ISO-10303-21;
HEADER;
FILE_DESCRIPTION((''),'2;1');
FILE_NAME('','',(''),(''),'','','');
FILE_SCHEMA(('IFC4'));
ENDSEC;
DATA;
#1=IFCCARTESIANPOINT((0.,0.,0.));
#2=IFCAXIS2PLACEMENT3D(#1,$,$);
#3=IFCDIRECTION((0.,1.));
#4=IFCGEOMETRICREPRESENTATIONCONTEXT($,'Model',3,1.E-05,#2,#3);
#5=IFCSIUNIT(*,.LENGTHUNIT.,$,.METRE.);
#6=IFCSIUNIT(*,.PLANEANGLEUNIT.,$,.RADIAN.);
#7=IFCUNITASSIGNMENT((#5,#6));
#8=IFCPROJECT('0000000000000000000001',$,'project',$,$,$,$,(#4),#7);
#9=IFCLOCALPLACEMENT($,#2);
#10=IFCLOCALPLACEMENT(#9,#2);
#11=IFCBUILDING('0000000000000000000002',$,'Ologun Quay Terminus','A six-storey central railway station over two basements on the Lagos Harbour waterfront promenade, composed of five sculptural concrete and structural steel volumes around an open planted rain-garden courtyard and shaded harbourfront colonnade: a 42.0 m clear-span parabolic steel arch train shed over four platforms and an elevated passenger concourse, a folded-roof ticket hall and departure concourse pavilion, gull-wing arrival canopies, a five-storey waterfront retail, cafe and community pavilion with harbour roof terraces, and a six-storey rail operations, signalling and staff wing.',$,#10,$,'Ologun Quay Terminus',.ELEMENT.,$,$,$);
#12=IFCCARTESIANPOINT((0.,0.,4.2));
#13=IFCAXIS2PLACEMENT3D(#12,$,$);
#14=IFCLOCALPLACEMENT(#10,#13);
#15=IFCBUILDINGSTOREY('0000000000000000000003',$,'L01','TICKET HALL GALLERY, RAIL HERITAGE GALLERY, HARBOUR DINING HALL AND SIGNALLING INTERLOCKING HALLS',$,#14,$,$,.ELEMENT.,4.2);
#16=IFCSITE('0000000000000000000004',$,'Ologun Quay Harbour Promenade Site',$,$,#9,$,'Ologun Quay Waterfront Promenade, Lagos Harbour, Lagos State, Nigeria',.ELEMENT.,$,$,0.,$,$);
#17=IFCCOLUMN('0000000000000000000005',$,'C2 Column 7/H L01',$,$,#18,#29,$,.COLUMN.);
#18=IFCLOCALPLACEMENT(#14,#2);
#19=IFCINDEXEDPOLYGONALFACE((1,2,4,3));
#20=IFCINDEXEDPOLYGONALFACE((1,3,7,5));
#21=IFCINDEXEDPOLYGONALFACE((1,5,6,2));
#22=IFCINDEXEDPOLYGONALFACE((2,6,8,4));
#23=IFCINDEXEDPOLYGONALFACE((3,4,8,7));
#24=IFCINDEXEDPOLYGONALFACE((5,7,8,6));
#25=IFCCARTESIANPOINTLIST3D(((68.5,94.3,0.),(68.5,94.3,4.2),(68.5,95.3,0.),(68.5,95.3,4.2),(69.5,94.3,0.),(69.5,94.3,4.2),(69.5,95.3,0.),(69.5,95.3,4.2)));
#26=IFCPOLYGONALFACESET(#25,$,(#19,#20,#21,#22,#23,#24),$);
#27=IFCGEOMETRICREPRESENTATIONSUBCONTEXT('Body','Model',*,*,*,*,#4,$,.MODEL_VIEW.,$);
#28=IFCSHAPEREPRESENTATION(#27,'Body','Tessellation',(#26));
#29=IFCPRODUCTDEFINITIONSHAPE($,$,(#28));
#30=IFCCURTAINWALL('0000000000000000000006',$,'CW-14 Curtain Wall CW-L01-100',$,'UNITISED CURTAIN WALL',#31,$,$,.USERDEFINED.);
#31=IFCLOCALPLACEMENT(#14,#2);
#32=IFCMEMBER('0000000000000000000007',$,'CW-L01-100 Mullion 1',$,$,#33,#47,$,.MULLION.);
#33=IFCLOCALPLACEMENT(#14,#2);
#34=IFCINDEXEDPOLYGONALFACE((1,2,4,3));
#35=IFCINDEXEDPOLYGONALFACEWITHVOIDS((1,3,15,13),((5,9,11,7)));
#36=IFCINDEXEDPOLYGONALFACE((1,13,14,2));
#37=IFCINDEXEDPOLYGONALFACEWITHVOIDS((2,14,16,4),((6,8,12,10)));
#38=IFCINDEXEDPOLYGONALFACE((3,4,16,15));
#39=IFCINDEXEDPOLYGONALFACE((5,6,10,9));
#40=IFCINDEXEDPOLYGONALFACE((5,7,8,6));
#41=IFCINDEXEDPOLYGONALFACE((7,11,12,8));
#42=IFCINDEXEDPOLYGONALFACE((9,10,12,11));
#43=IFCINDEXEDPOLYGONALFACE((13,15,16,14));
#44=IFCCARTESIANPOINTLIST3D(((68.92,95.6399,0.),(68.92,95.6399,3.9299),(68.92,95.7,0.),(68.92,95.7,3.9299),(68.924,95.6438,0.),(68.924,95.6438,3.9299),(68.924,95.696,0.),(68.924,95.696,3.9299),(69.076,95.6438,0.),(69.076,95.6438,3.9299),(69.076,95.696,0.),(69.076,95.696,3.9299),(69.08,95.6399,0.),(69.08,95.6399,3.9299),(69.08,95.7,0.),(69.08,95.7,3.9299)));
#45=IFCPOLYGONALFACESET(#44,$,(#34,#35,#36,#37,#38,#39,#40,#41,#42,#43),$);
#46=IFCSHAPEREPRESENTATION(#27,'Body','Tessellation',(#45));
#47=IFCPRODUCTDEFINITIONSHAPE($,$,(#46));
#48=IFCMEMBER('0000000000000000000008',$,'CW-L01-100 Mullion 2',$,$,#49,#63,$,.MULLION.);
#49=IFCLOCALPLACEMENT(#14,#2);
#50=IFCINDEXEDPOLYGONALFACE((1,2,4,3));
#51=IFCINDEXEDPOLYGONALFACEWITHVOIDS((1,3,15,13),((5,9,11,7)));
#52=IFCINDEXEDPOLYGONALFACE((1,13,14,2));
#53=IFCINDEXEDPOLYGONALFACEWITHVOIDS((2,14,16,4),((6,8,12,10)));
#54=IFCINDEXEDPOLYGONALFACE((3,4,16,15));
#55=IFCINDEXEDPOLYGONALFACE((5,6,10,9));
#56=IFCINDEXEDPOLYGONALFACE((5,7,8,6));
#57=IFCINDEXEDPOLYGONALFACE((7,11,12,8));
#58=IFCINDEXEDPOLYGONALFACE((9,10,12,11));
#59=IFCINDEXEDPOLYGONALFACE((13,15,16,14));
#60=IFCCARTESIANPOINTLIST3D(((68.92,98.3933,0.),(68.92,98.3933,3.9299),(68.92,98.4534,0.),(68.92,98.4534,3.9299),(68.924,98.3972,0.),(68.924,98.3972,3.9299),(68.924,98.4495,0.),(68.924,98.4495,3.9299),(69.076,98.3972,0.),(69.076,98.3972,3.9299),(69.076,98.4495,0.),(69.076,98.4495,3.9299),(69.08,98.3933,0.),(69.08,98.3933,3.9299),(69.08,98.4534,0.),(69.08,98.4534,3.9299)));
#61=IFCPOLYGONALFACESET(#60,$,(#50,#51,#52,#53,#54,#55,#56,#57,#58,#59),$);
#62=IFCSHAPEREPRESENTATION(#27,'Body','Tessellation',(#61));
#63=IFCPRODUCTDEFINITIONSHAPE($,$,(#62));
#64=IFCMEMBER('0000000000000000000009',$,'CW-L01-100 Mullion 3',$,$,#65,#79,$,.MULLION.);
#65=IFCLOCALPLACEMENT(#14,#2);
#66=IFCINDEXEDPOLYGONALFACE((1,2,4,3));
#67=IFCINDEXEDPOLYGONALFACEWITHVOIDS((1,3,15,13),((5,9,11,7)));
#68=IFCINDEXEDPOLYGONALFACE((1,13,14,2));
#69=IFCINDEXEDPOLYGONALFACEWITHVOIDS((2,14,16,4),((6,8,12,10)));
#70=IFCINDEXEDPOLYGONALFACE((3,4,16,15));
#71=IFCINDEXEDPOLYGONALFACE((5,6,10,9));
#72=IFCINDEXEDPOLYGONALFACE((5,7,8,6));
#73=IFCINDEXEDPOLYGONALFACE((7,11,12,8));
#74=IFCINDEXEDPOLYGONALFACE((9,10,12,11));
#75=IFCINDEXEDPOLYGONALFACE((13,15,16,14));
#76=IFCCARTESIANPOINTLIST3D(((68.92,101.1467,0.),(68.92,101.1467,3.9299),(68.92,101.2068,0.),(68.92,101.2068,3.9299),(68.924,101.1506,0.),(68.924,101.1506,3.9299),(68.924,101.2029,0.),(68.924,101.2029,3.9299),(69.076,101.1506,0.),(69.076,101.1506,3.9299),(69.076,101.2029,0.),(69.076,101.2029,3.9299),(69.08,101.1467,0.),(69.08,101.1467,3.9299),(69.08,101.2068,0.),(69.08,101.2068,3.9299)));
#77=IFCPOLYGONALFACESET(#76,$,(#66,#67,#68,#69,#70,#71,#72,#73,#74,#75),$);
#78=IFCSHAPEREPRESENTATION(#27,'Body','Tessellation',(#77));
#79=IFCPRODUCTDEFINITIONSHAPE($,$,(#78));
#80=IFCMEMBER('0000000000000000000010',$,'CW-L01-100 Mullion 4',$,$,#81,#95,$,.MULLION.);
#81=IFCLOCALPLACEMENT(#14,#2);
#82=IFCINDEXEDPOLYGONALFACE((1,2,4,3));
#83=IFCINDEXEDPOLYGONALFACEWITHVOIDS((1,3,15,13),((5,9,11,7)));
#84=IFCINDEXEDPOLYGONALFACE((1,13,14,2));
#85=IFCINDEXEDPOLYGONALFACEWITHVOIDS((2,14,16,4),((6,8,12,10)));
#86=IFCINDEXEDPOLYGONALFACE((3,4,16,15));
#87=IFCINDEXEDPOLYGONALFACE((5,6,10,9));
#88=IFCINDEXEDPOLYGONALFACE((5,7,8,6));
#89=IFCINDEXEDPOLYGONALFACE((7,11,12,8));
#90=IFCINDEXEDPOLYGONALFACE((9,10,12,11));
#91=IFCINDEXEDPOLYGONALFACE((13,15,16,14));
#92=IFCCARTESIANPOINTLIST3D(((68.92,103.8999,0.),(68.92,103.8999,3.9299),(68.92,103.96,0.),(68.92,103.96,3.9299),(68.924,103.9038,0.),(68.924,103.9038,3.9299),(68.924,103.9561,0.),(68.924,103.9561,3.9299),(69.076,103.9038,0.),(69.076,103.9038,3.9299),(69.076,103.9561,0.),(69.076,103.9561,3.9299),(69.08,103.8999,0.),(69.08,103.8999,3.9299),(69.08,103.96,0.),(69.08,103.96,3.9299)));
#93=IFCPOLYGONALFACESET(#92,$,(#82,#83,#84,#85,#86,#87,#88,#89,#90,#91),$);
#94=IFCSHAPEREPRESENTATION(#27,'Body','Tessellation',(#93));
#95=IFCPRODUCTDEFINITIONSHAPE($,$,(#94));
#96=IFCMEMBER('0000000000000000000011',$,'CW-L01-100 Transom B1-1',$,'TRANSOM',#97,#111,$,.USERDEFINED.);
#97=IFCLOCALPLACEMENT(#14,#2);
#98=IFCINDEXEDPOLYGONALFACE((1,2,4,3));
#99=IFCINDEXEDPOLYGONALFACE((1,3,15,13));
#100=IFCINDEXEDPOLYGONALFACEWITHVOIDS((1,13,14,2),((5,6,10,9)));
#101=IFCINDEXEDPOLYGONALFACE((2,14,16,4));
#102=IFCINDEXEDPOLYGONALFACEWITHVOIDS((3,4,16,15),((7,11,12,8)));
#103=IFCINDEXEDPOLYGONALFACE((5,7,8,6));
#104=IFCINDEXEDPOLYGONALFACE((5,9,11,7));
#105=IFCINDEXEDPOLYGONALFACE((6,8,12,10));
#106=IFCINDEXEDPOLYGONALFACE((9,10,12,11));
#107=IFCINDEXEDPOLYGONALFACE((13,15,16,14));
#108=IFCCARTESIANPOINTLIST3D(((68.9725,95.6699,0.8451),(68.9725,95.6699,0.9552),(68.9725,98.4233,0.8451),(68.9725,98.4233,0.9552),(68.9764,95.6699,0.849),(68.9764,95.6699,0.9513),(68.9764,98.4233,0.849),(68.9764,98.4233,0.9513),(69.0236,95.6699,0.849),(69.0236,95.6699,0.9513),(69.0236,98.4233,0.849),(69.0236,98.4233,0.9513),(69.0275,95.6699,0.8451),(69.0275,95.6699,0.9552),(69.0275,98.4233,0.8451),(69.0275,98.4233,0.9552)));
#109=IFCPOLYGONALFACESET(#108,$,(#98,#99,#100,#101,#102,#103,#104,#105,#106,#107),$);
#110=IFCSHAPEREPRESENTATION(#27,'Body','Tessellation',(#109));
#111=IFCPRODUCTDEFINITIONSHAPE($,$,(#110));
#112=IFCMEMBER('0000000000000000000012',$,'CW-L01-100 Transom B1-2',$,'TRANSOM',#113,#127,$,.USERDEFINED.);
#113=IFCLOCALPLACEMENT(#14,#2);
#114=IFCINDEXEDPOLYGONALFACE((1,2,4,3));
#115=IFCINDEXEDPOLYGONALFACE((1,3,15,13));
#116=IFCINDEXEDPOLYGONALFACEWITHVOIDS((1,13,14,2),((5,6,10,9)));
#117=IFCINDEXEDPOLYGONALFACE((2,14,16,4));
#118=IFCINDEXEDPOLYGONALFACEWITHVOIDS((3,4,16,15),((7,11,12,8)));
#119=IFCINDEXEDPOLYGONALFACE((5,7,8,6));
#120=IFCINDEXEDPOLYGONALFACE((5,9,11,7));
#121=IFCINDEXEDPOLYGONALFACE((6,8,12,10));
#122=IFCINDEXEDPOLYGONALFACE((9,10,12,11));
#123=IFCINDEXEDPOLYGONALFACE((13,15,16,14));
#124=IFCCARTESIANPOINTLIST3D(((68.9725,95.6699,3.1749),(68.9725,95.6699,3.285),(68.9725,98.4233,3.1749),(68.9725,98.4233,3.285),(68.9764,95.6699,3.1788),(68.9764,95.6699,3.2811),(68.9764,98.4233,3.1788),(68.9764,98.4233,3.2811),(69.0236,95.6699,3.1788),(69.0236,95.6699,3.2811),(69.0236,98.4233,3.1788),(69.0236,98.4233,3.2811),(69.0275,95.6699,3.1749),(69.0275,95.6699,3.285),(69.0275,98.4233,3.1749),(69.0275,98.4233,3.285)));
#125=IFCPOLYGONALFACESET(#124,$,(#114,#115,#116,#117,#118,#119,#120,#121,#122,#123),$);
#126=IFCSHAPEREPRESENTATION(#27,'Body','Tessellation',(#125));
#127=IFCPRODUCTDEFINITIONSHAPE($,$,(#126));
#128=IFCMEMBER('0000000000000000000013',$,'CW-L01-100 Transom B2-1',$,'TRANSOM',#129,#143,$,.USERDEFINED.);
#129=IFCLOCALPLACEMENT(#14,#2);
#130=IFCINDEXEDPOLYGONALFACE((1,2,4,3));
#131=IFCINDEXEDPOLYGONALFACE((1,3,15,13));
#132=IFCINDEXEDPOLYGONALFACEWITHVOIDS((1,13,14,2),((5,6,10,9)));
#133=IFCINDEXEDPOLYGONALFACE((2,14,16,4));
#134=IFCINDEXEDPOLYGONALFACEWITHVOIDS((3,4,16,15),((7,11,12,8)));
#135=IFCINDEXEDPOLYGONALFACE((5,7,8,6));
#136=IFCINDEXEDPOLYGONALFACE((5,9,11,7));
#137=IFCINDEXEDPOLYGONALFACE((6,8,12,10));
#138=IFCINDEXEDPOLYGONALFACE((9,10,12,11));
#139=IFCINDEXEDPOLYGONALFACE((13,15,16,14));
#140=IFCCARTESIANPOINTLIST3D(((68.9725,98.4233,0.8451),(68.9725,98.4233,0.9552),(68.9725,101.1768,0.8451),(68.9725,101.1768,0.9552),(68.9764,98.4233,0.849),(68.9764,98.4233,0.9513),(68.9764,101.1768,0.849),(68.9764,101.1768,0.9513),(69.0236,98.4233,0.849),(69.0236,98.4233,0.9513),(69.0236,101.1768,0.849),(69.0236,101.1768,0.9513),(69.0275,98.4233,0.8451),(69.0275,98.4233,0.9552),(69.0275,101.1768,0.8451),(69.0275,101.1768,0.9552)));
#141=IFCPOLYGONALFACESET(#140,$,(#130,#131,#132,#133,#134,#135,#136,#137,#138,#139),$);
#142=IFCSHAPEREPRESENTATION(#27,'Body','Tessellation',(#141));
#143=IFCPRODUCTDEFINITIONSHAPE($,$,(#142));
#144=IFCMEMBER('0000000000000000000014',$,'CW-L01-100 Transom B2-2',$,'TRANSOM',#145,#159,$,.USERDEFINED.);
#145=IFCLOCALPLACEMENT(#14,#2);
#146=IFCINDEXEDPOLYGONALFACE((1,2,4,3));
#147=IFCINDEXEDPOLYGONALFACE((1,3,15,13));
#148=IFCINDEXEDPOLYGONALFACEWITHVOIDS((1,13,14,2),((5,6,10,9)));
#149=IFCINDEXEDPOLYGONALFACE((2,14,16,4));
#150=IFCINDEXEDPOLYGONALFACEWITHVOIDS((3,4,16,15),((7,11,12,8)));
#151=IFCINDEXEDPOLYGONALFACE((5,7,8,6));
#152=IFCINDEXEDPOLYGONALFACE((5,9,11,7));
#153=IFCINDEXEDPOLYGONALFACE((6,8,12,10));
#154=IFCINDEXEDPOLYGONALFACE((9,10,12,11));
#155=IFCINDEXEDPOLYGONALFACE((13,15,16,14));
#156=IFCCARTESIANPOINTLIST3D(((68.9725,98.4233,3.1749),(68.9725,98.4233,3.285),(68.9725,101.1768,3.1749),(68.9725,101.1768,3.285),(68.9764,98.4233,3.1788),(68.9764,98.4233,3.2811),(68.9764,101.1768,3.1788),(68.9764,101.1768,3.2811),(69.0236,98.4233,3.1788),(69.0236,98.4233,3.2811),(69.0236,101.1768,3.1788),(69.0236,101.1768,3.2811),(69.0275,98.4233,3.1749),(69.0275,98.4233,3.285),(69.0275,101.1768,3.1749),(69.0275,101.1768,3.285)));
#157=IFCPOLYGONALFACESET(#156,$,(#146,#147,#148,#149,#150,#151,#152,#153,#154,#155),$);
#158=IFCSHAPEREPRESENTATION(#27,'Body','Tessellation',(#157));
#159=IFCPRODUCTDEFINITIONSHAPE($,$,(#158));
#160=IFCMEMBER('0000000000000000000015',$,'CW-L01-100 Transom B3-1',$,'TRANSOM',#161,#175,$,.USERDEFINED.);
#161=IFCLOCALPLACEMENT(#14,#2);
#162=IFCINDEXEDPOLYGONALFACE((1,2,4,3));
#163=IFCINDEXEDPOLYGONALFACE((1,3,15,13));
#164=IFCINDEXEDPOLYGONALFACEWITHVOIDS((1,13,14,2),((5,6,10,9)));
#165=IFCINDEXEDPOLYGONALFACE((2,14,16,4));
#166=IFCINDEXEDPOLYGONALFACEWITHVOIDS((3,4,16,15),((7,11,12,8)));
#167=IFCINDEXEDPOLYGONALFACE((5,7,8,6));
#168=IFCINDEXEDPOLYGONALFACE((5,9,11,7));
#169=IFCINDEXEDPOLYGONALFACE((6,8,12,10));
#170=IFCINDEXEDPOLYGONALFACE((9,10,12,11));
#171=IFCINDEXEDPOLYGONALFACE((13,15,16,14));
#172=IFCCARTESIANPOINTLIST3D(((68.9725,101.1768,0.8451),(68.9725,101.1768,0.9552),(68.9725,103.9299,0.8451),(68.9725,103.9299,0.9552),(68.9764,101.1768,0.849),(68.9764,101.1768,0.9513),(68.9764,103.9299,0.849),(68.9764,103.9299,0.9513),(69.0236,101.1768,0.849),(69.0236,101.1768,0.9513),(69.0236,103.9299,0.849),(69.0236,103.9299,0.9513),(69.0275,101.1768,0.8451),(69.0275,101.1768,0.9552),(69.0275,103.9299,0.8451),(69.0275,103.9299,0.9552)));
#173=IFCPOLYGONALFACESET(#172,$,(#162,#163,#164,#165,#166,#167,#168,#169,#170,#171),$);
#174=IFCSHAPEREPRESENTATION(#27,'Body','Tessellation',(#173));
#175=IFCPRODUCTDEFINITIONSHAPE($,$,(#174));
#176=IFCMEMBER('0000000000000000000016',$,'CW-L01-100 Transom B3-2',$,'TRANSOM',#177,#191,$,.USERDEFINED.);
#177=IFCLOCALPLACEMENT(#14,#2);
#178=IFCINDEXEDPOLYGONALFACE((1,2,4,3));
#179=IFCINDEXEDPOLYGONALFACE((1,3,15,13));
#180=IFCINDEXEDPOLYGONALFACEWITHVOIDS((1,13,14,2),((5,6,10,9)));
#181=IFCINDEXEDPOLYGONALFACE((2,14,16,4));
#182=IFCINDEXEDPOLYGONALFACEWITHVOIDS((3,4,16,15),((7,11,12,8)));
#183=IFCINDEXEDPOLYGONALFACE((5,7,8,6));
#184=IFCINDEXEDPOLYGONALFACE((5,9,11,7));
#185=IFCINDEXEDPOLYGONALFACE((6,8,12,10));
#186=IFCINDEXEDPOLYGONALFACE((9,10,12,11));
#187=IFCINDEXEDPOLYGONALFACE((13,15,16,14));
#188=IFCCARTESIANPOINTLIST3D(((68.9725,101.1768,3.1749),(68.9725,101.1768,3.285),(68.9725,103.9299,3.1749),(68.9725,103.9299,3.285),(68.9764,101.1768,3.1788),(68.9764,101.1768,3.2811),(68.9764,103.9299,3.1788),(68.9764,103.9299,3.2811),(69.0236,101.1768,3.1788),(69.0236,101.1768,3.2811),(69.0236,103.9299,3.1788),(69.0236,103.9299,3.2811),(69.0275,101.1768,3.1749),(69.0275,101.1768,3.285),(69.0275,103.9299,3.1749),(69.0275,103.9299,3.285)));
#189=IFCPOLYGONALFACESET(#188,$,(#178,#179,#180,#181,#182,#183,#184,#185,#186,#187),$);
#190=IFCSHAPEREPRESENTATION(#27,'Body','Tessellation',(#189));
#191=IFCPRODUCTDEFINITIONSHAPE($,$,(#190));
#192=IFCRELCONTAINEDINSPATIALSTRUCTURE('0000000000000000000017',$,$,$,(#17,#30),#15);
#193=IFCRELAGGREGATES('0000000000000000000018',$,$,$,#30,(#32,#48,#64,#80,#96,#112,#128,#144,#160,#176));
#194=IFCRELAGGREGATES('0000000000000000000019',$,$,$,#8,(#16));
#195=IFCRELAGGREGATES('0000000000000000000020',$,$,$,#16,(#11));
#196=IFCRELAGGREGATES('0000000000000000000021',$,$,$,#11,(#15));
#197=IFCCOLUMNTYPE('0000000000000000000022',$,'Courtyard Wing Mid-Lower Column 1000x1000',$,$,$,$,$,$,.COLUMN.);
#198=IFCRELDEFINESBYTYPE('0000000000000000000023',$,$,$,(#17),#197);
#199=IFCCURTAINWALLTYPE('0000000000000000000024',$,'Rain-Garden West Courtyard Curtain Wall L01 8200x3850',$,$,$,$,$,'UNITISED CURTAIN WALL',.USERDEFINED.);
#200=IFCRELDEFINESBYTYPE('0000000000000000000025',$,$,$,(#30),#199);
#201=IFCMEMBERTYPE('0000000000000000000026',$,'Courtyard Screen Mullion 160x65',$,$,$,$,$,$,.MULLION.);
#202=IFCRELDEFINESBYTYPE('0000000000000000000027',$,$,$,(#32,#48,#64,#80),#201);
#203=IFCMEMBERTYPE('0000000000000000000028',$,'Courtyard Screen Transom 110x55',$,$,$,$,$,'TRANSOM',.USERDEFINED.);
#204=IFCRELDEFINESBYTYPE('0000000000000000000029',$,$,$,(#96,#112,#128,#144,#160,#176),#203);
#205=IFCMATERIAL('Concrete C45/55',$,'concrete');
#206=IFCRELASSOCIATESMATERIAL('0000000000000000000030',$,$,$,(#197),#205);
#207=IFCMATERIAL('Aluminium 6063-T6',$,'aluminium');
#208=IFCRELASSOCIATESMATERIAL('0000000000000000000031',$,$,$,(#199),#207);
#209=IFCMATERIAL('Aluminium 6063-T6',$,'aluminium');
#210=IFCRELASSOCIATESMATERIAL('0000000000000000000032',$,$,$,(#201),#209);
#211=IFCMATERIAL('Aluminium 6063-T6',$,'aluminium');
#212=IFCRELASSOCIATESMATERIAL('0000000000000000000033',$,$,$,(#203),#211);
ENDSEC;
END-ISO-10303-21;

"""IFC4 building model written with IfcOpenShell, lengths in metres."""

from ifc_helpers import new_model, si_unit, direction, frame, origin, origin_2d, place, context, subcontext, project, spatial, rectangle, hollow_rectangle, extrude, material, material_profile, profile_set, type_object, element, aggregate, save


model = new_model("IFC4")

# Units and contexts
model_context = context("Model", 3, precision=1e-05, world=origin(), true_north=direction((0.0, 1.0)))
body_context = subcontext(model_context, "Body", "Model", "MODEL_VIEW")
ifc_project = project(units=[si_unit("LENGTHUNIT", "METRE"), si_unit("PLANEANGLEUNIT", "RADIAN")], contexts=[model_context])

# Site, building, storey
site_placement = place(None, origin())
site = spatial("IfcSite", under=ifc_project, at=site_placement, Name="Ologun Quay Harbour Promenade Site", LongName="Ologun Quay Waterfront Promenade, Lagos Harbour, Lagos State, Nigeria", CompositionType="ELEMENT", RefElevation=0.0)
building_placement = place(site_placement, origin())
building = spatial("IfcBuilding", under=site, at=building_placement, Name="Ologun Quay Terminus", Description="A six-storey central railway station over two basements on the Lagos Harbour waterfront promenade, composed of five sculptural concrete and structural steel volumes around an open planted rain-garden courtyard and shaded harbourfront colonnade: a 42.0 m clear-span parabolic steel arch train shed over four platforms and an elevated passenger concourse, a folded-roof ticket hall and departure concourse pavilion, gull-wing arrival canopies, a five-storey waterfront retail, cafe and community pavilion with harbour roof terraces, and a six-storey rail operations, signalling and staff wing.", LongName="Ologun Quay Terminus", CompositionType="ELEMENT")
storey_placement = place(building_placement, frame((0.0, 0.0, 4.2)))
storey = spatial("IfcBuildingStorey", under=building, at=storey_placement, Name="L01", Description="TICKET HALL GALLERY, RAIL HERITAGE GALLERY, HARBOUR DINING HALL AND SIGNALLING INTERLOCKING HALLS", CompositionType="ELEMENT", Elevation=4.2)

# Column
ifc_material_1 = material(Name="Concrete C45/55", Category="concrete")
ifc_material_profile_1 = material_profile(ifc_material_1, rectangle(XDim=1.0, YDim=1.0, at=origin_2d()), Name="RC 1000x1000")
ifc_profile_set_1 = profile_set([ifc_material_profile_1], Name="Concrete C45/55")
column_type = type_object("IfcColumnType", Name="Courtyard Wing Mid-Lower Column 1000x1000", PredefinedType="COLUMN", material=ifc_profile_set_1)
column_placement = place(storey_placement, frame((69.0, 94.8, 0.0), z_axis=(0.0, 0.0, 1.0), x_axis=(1.0, 0.0, 0.0)))
element("IfcColumn", 1, at=column_placement, inside=storey, type_object=column_type, Name="C2 Column 7/H L01", PredefinedType="COLUMN", context=body_context, shape_type="SweptSolid", body=[
    extrude(rectangle(XDim=1.0, YDim=1.0, at=origin_2d()), origin(), (0.0, 0.0, 1.0), 4.2),
])

# Curtain wall, members
ifc_material_2 = material(Name="Aluminium 6063-T6", Category="aluminium")
curtain_wall_type = type_object("IfcCurtainWallType", Name="Rain-Garden West Courtyard Curtain Wall L01 8200x3850", ElementType="UNITISED CURTAIN WALL", PredefinedType="USERDEFINED", material=ifc_material_2)
curtain_wall_placement = place(storey_placement, origin())
curtain_wall = element("IfcCurtainWall", 2, at=curtain_wall_placement, inside=storey, type_object=curtain_wall_type, Name="CW-14 Curtain Wall CW-L01-100", ObjectType="UNITISED CURTAIN WALL", PredefinedType="USERDEFINED")
ifc_material_3 = material(Name="Aluminium 6063-T6", Category="aluminium")
ifc_material_profile_2 = material_profile(ifc_material_3, hollow_rectangle(XDim=0.0601, YDim=0.1599, WallThickness=0.0039, at=origin_2d()), Name="ALU 160x60x4")
ifc_profile_set_2 = profile_set([ifc_material_profile_2], Name="Aluminium 6063-T6")
member_type_1 = type_object("IfcMemberType", Name="Courtyard Screen Mullion 160x65", PredefinedType="MULLION", material=ifc_profile_set_2)
member_1_placement = place(storey_placement, frame((69.0, 95.6699, 0.0), z_axis=(0.0, 0.0, 1.0), x_axis=(0.0, 1.0, 0.0)))
member_1 = element("IfcMember", 3, at=member_1_placement, type_object=member_type_1, Name="CW-L01-100 Mullion 1", PredefinedType="MULLION", context=body_context, shape_type="SweptSolid", body=[
    extrude(hollow_rectangle(XDim=0.0601, YDim=0.1599, WallThickness=0.0039, at=origin_2d()), origin(), (0.0, 0.0, 1.0), 3.9299),
])
member_2_placement = place(storey_placement, frame((69.0, 98.4233, 0.0), z_axis=(0.0, 0.0, 1.0), x_axis=(0.0, 1.0, 0.0)))
member_2 = element("IfcMember", 4, at=member_2_placement, type_object=member_type_1, Name="CW-L01-100 Mullion 2", PredefinedType="MULLION", context=body_context, shape_type="SweptSolid", body=[
    extrude(hollow_rectangle(XDim=0.0601, YDim=0.1599, WallThickness=0.0039, at=origin_2d()), origin(), (0.0, 0.0, 1.0), 3.9299),
])
member_3_placement = place(storey_placement, frame((69.0, 101.1768, 0.0), z_axis=(0.0, 0.0, 1.0), x_axis=(0.0, 1.0, 0.0)))
member_3 = element("IfcMember", 5, at=member_3_placement, type_object=member_type_1, Name="CW-L01-100 Mullion 3", PredefinedType="MULLION", context=body_context, shape_type="SweptSolid", body=[
    extrude(hollow_rectangle(XDim=0.0601, YDim=0.1599, WallThickness=0.0039, at=origin_2d()), origin(), (0.0, 0.0, 1.0), 3.9299),
])
member_4_placement = place(storey_placement, frame((69.0, 103.9299, 0.0), z_axis=(0.0, 0.0, 1.0), x_axis=(0.0, 1.0, 0.0)))
member_4 = element("IfcMember", 6, at=member_4_placement, type_object=member_type_1, Name="CW-L01-100 Mullion 4", PredefinedType="MULLION", context=body_context, shape_type="SweptSolid", body=[
    extrude(hollow_rectangle(XDim=0.0601, YDim=0.1599, WallThickness=0.0039, at=origin_2d()), origin(), (0.0, 0.0, 1.0), 3.9299),
])
ifc_material_4 = material(Name="Aluminium 6063-T6", Category="aluminium")
ifc_material_profile_3 = material_profile(ifc_material_4, hollow_rectangle(XDim=0.0549, YDim=0.1101, WallThickness=0.0039, at=origin_2d()), Name="ALU 110x55x4")
ifc_profile_set_3 = profile_set([ifc_material_profile_3], Name="Aluminium 6063-T6")
member_type_2 = type_object("IfcMemberType", Name="Courtyard Screen Transom 110x55", ElementType="TRANSOM", PredefinedType="USERDEFINED", material=ifc_profile_set_3)
member_5_placement = place(storey_placement, frame((69.0, 95.6699, 0.9001), z_axis=(0.0, 1.0, 0.0), x_axis=(-1.0, 0.0, 0.0)))
member_5 = element("IfcMember", 7, at=member_5_placement, type_object=member_type_2, Name="CW-L01-100 Transom B1-1", ObjectType="TRANSOM", PredefinedType="USERDEFINED", context=body_context, shape_type="SweptSolid", body=[
    extrude(hollow_rectangle(XDim=0.0549, YDim=0.1101, WallThickness=0.0039, at=origin_2d()), origin(), (0.0, 0.0, 1.0), 2.7534),
])
member_6_placement = place(storey_placement, frame((69.0, 95.6699, 3.23), z_axis=(0.0, 1.0, 0.0), x_axis=(-1.0, 0.0, 0.0)))
member_6 = element("IfcMember", 8, at=member_6_placement, type_object=member_type_2, Name="CW-L01-100 Transom B1-2", ObjectType="TRANSOM", PredefinedType="USERDEFINED", context=body_context, shape_type="SweptSolid", body=[
    extrude(hollow_rectangle(XDim=0.0549, YDim=0.1101, WallThickness=0.0039, at=origin_2d()), origin(), (0.0, 0.0, 1.0), 2.7534),
])
member_7_placement = place(storey_placement, frame((69.0, 98.4233, 0.9001), z_axis=(0.0, 1.0, 0.0), x_axis=(-1.0, 0.0, 0.0)))
member_7 = element("IfcMember", 9, at=member_7_placement, type_object=member_type_2, Name="CW-L01-100 Transom B2-1", ObjectType="TRANSOM", PredefinedType="USERDEFINED", context=body_context, shape_type="SweptSolid", body=[
    extrude(hollow_rectangle(XDim=0.0549, YDim=0.1101, WallThickness=0.0039, at=origin_2d()), origin(), (0.0, 0.0, 1.0), 2.7534),
])
member_8_placement = place(storey_placement, frame((69.0, 98.4233, 3.23), z_axis=(0.0, 1.0, 0.0), x_axis=(-1.0, 0.0, 0.0)))
member_8 = element("IfcMember", 10, at=member_8_placement, type_object=member_type_2, Name="CW-L01-100 Transom B2-2", ObjectType="TRANSOM", PredefinedType="USERDEFINED", context=body_context, shape_type="SweptSolid", body=[
    extrude(hollow_rectangle(XDim=0.0549, YDim=0.1101, WallThickness=0.0039, at=origin_2d()), origin(), (0.0, 0.0, 1.0), 2.7534),
])
member_9_placement = place(storey_placement, frame((69.0, 101.1768, 0.9001), z_axis=(0.0, 1.0, 0.0), x_axis=(-1.0, 0.0, 0.0)))
member_9 = element("IfcMember", 11, at=member_9_placement, type_object=member_type_2, Name="CW-L01-100 Transom B3-1", ObjectType="TRANSOM", PredefinedType="USERDEFINED", context=body_context, shape_type="SweptSolid", body=[
    extrude(hollow_rectangle(XDim=0.0549, YDim=0.1101, WallThickness=0.0039, at=origin_2d()), origin(), (0.0, 0.0, 1.0), 2.7532),
])
member_10_placement = place(storey_placement, frame((69.0, 101.1768, 3.23), z_axis=(0.0, 1.0, 0.0), x_axis=(-1.0, 0.0, 0.0)))
member_10 = element("IfcMember", 12, at=member_10_placement, type_object=member_type_2, Name="CW-L01-100 Transom B3-2", ObjectType="TRANSOM", PredefinedType="USERDEFINED", context=body_context, shape_type="SweptSolid", body=[
    extrude(hollow_rectangle(XDim=0.0549, YDim=0.1101, WallThickness=0.0039, at=origin_2d()), origin(), (0.0, 0.0, 1.0), 2.7532),
])

aggregate(curtain_wall, [member_1, member_2, member_3, member_4, member_5, member_6, member_7, member_8, member_9, member_10])

save(model, "model.ifc")
